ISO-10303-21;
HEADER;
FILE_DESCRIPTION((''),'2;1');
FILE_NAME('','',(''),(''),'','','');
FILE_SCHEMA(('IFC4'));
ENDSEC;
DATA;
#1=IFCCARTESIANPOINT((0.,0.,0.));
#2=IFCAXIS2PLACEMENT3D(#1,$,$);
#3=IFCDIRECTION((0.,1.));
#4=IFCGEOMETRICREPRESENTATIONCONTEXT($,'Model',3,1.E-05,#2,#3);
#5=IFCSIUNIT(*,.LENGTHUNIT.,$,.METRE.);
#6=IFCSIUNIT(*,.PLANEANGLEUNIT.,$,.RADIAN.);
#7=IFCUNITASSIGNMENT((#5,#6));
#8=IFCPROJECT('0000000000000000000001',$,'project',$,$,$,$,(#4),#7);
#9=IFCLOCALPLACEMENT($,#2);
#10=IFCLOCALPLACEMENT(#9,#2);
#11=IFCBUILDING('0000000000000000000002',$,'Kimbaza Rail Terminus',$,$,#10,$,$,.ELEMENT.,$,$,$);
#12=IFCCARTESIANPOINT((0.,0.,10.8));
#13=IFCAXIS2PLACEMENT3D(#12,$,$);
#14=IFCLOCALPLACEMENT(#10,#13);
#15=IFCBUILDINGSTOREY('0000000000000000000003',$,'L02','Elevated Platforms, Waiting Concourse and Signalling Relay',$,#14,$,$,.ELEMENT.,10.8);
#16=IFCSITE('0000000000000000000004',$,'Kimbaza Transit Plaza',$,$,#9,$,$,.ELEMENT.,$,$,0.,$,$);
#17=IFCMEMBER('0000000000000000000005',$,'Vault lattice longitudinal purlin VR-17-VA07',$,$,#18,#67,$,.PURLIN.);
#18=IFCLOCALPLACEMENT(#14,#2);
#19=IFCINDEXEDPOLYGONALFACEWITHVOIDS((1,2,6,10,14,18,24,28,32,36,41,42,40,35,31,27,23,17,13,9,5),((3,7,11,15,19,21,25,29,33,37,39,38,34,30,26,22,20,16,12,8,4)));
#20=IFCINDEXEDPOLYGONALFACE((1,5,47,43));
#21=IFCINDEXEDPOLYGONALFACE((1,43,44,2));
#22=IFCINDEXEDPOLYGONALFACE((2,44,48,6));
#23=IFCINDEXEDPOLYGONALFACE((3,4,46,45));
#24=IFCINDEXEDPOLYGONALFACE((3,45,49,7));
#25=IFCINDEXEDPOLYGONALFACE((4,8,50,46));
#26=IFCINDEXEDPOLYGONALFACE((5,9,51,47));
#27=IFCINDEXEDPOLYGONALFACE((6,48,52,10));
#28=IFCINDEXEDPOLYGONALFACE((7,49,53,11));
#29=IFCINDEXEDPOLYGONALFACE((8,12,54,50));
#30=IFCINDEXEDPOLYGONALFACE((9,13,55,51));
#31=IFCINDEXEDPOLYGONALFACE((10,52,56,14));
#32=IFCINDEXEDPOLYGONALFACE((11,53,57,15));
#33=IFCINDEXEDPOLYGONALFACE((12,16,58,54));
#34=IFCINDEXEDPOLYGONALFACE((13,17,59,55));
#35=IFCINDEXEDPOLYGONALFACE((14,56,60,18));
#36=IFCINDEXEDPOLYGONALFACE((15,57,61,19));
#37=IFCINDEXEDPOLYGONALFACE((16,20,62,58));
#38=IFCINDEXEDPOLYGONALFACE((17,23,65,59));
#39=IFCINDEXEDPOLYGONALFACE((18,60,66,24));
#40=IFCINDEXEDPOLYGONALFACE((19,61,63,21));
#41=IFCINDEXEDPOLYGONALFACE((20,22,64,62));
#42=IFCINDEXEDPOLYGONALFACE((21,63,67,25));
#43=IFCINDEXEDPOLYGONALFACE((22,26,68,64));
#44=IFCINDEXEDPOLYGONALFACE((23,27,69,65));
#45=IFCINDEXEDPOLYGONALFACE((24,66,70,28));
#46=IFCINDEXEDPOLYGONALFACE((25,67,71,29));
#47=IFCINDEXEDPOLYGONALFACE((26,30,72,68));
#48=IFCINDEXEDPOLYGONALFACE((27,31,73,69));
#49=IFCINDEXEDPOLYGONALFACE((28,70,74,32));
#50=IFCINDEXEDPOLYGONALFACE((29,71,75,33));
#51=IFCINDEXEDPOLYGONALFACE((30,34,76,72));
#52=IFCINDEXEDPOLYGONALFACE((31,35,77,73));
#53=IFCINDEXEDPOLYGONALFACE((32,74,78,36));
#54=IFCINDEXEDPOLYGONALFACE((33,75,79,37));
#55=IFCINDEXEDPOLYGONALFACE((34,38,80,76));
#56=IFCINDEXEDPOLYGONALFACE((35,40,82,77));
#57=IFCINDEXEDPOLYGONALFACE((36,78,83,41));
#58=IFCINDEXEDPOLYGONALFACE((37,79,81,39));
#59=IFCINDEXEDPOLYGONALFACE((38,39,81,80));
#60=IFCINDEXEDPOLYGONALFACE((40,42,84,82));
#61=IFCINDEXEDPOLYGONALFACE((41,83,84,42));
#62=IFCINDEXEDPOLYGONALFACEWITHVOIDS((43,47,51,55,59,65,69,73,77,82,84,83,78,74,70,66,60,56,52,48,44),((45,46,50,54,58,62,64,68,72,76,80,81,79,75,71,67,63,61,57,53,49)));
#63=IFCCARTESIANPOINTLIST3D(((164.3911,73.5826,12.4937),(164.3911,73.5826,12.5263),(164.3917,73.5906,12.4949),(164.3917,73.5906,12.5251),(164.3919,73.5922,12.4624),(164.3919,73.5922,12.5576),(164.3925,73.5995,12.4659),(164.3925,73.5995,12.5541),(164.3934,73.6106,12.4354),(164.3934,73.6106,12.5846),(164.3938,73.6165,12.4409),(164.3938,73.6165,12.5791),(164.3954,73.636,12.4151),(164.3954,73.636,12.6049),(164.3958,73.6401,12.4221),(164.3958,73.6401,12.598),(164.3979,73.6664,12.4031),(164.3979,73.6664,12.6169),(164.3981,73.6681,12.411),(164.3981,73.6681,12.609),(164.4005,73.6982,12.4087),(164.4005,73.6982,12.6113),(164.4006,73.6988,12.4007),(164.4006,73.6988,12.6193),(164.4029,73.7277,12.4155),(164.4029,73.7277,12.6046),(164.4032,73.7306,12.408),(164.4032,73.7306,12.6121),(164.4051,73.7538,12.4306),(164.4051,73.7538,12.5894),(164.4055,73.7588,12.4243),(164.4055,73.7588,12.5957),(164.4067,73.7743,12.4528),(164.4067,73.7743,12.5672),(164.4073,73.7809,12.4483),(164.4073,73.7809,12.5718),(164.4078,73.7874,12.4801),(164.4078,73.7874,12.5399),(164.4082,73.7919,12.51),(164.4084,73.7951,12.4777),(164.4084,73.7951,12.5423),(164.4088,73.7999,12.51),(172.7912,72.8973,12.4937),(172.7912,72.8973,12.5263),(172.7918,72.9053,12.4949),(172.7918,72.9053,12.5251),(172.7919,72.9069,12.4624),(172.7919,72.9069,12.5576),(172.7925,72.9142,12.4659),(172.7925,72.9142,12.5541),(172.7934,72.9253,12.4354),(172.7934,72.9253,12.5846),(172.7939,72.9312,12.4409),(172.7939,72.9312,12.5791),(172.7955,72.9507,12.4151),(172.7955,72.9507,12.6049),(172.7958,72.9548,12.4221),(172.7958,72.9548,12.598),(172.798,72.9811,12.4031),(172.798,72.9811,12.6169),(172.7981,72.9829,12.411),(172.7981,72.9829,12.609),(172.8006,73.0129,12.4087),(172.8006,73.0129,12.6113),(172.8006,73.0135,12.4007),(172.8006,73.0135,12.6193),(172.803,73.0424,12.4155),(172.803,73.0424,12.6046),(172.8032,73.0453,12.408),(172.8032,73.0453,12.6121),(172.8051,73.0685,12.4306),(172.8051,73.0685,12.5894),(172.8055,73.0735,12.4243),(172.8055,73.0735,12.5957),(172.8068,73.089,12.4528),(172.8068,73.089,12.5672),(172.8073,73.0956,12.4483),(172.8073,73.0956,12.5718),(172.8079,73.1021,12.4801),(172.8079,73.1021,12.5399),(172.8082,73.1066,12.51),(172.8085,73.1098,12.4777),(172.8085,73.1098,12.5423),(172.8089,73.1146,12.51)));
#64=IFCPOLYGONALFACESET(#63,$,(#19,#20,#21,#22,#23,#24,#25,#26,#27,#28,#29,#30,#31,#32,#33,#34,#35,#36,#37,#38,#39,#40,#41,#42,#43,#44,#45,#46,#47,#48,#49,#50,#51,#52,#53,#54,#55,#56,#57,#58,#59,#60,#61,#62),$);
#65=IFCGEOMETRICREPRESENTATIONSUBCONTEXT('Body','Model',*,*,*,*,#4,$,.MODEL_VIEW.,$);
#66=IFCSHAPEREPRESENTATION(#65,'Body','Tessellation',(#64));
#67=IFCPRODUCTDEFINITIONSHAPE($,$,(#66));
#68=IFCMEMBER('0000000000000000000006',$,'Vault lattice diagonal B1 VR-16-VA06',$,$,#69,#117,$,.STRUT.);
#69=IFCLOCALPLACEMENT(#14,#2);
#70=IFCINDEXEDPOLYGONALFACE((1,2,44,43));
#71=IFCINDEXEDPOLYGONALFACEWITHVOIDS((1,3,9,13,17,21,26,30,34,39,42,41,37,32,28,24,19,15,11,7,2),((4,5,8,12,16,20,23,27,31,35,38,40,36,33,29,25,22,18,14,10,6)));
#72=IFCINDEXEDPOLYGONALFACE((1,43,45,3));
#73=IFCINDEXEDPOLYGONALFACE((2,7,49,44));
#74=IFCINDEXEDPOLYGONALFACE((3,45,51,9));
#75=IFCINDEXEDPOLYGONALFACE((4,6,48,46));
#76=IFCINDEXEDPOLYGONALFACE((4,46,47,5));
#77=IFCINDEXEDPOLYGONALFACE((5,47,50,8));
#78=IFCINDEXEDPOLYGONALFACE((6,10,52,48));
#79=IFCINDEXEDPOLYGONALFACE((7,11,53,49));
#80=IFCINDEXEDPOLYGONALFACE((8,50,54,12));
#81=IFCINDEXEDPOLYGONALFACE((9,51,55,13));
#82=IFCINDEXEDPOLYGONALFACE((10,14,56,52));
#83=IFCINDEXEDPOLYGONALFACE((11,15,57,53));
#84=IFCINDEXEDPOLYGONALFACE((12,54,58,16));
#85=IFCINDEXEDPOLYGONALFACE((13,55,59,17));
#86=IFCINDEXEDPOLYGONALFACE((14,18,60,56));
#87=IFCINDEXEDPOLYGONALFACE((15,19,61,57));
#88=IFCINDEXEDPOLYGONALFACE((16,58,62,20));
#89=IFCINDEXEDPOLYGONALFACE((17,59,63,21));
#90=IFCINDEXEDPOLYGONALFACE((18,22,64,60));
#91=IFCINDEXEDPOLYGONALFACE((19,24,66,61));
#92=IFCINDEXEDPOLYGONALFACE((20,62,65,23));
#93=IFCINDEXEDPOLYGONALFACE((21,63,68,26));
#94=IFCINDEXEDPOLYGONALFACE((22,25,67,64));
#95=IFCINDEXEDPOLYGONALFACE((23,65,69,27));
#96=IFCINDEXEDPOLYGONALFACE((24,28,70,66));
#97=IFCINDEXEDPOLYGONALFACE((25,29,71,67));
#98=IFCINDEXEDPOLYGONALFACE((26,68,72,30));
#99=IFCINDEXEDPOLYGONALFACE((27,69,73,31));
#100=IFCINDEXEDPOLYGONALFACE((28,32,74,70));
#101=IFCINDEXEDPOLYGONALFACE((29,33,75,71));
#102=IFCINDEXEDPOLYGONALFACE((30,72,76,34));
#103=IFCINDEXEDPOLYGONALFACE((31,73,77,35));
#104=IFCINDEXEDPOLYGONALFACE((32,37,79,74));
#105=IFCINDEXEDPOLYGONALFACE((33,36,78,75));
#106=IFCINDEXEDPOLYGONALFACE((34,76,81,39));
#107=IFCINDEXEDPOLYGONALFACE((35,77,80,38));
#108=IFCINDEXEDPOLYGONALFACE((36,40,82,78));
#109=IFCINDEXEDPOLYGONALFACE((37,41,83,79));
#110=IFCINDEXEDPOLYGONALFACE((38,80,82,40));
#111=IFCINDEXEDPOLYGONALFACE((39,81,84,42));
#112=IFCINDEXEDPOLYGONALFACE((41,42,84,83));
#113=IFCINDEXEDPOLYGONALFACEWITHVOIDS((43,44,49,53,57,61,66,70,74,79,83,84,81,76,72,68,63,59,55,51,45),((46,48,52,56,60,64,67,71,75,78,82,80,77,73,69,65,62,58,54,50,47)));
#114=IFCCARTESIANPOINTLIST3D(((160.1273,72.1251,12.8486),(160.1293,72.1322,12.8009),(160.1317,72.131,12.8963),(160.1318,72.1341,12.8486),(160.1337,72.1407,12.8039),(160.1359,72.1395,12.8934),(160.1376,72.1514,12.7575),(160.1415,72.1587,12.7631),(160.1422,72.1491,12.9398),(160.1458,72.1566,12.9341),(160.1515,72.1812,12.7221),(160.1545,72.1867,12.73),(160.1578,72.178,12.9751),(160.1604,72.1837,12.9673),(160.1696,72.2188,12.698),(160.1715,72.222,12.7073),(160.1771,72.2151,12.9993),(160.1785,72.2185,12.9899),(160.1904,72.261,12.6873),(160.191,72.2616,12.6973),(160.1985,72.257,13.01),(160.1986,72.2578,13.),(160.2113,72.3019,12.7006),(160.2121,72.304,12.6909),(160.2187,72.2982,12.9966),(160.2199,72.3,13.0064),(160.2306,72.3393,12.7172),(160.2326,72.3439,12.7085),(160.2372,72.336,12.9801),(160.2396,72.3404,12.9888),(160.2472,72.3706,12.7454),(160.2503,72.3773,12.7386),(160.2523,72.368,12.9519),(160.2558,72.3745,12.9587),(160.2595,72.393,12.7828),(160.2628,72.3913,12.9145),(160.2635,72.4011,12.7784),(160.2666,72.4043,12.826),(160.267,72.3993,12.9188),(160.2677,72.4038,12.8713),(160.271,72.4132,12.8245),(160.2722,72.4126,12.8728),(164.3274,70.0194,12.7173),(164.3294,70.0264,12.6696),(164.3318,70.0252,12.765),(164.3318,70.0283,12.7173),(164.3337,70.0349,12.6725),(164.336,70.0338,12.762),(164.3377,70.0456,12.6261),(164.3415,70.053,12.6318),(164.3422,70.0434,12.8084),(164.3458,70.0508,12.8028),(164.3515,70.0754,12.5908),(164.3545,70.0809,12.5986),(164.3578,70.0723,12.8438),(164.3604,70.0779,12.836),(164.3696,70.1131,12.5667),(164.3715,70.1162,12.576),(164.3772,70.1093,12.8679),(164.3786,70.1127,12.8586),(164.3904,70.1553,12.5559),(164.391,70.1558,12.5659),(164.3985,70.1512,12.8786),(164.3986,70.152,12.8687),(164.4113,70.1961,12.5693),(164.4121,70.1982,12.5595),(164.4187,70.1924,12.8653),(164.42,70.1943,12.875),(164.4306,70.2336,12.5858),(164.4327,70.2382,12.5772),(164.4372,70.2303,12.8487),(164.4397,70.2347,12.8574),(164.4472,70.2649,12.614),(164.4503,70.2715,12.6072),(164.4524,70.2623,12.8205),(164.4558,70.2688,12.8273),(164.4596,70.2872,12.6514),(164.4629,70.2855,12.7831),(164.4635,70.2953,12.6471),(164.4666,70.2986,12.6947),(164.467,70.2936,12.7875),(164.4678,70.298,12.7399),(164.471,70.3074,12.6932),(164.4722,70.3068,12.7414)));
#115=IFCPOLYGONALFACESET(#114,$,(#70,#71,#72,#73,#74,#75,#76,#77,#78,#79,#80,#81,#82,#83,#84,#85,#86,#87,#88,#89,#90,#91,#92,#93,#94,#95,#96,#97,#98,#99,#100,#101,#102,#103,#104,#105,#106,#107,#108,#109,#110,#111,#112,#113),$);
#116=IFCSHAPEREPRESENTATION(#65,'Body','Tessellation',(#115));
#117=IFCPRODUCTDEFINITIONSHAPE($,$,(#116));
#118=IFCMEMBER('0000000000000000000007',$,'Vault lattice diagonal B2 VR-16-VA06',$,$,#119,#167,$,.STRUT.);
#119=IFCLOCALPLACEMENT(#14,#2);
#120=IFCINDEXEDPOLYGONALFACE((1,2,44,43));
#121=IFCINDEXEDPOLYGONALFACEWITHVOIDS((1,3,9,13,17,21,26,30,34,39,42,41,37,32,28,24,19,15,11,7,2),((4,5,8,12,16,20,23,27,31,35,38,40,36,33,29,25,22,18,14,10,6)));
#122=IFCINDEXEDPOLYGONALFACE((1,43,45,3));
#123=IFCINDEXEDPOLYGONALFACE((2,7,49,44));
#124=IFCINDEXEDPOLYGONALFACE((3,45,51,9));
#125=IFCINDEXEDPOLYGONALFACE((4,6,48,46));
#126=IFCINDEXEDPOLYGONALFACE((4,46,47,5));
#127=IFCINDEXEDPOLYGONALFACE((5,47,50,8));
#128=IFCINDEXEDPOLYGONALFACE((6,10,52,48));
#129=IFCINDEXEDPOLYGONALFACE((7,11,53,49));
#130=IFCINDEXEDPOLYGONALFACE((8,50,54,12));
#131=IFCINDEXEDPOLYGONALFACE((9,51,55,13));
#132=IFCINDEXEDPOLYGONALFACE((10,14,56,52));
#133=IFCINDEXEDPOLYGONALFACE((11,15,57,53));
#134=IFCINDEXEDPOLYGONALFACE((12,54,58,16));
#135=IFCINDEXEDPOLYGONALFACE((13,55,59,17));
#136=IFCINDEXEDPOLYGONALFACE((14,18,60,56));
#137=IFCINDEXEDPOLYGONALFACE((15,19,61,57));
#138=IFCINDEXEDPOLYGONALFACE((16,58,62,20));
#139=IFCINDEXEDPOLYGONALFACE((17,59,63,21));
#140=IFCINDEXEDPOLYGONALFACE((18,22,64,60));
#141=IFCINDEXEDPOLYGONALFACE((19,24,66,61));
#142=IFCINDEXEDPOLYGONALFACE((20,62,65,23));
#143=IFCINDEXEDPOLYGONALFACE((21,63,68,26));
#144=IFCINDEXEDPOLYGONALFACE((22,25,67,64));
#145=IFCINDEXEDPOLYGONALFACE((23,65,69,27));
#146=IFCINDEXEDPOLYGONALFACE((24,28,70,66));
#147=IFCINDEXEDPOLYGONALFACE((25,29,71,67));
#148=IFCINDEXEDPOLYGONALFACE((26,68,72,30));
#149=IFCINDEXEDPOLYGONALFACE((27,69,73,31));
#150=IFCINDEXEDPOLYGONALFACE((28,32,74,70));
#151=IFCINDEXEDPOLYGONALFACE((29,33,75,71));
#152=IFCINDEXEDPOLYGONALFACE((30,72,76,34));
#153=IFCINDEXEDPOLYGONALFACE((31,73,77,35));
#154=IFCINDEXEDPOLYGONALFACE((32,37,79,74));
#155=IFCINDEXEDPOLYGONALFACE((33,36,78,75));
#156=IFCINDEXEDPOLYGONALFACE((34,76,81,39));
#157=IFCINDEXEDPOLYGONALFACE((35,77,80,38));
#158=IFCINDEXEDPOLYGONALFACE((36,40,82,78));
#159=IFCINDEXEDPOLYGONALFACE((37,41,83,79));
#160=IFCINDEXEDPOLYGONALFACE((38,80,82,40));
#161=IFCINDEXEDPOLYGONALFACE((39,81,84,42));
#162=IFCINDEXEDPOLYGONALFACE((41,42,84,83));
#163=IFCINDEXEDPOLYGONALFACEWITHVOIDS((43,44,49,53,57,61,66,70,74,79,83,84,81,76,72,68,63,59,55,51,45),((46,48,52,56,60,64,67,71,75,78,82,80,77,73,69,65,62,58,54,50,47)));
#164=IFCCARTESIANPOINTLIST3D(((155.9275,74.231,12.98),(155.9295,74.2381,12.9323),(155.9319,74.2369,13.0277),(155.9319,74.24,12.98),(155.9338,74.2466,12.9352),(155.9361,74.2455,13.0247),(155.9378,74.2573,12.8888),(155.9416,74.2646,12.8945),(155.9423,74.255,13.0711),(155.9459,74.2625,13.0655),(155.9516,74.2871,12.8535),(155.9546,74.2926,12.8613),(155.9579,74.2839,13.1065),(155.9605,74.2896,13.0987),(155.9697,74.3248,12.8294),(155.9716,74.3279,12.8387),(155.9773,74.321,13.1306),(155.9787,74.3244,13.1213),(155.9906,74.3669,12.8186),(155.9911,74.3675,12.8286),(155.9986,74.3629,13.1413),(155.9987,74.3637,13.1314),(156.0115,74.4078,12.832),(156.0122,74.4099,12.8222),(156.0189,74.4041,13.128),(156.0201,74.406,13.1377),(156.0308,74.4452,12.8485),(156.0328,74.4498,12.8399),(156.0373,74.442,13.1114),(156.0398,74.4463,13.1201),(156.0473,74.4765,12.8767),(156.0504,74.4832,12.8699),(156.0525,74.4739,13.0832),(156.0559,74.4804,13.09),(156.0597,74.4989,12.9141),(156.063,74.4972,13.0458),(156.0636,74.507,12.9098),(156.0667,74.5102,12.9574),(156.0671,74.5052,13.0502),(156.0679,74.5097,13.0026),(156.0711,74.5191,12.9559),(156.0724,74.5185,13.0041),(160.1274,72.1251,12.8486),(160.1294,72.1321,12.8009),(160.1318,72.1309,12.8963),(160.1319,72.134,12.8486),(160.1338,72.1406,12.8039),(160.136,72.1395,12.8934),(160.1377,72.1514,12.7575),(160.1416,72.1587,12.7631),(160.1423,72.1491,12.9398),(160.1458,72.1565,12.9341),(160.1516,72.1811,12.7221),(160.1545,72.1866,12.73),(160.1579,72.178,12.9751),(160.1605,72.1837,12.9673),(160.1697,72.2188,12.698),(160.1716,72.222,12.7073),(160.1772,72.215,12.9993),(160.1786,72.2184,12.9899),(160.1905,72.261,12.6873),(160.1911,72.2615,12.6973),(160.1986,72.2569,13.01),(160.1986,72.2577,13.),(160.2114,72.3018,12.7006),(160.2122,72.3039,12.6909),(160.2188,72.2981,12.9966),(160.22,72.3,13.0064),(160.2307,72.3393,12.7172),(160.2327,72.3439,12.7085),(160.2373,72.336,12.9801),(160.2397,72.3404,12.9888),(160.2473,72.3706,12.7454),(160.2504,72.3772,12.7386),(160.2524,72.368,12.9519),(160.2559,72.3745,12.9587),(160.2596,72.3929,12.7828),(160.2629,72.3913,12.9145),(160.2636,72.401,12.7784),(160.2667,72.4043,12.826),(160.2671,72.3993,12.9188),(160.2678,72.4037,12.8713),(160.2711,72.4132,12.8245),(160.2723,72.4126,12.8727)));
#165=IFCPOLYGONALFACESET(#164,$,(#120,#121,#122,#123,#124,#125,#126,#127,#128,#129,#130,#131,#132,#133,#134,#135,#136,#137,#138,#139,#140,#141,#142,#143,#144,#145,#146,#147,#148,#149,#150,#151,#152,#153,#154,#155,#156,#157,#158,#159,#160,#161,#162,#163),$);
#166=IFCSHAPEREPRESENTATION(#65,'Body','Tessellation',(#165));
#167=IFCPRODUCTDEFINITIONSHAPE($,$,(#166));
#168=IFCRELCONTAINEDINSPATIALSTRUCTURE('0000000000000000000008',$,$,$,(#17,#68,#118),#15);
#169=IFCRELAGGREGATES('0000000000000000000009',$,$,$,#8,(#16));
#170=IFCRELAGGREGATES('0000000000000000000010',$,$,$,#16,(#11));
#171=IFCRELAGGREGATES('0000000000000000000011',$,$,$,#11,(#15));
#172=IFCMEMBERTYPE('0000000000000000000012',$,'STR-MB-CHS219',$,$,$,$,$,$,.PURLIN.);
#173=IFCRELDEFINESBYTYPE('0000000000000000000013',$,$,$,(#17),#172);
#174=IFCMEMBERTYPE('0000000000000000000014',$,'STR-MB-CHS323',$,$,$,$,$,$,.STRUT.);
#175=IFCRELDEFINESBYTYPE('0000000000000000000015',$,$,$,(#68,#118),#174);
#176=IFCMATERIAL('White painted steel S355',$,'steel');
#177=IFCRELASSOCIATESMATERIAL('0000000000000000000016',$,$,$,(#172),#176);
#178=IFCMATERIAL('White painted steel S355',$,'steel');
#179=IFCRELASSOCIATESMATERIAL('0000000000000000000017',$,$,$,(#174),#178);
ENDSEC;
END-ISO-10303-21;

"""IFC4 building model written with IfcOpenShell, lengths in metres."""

from ifc_helpers import new_model, si_unit, direction, frame, origin, origin_2d, place, context, subcontext, project, spatial, hollow_circle, extrude, material, material_profile, profile_set, type_object, element, save


model = new_model("IFC4")

# Units and contexts
model_context = context("Model", 3, precision=1e-05, world=origin(), true_north=direction((0.0, 1.0)))
body_context = subcontext(model_context, "Body", "Model", "MODEL_VIEW")
ifc_project = project(units=[si_unit("LENGTHUNIT", "METRE"), si_unit("PLANEANGLEUNIT", "RADIAN")], contexts=[model_context])

# Site, building, storey
site_placement = place(None, origin())
site = spatial("IfcSite", under=ifc_project, at=site_placement, Name="Kimbaza Transit Plaza", CompositionType="ELEMENT", RefElevation=0.0)
building_placement = place(site_placement, origin())
building = spatial("IfcBuilding", under=site, at=building_placement, Name="Kimbaza Rail Terminus", CompositionType="ELEMENT")
storey_placement = place(building_placement, frame((0.0, 0.0, 10.8)))
storey = spatial("IfcBuildingStorey", under=building, at=storey_placement, Name="L02", Description="Elevated Platforms, Waiting Concourse and Signalling Relay", CompositionType="ELEMENT", Elevation=10.8)

# Members
ifc_material_1 = material(Name="White painted steel S355", Category="steel")
ifc_material_profile_1 = material_profile(ifc_material_1, hollow_circle(Radius=0.1096, WallThickness=0.0081, at=origin_2d()), Name="CHS 219.1x8")
ifc_profile_set_1 = profile_set([ifc_material_profile_1], Name="White painted steel S355")
member_type_1 = type_object("IfcMemberType", Name="STR-MB-CHS219", PredefinedType="PURLIN", material=ifc_profile_set_1)
for number, where, z_axis, x_axis, name in (
    (1, (164.3999, 73.6907, 12.51), (0.996689, -0.081312, 0.0), (0.081312, 0.996689, 0.0), "Vault lattice longitudinal purlin VR-17-VA07"),
):
    element("IfcMember", number, at=place(storey_placement, frame(where, z_axis=z_axis, x_axis=x_axis)), inside=storey, type_object=member_type_1, Name=name, PredefinedType="PURLIN", context=body_context, shape_type="SweptSolid", body=[
        extrude(hollow_circle(Radius=0.1096, WallThickness=0.0081, at=origin_2d()), origin(), (0.0, 0.0, 1.0), 8.428),
    ])
ifc_material_2 = material(Name="White painted steel S355", Category="steel")
ifc_material_profile_2 = material_profile(ifc_material_2, hollow_circle(Radius=0.1619, WallThickness=0.01, at=origin_2d()), Name="CHS 323.9x10")
ifc_profile_set_2 = profile_set([ifc_material_profile_2], Name="White painted steel S355")
member_type_2 = type_object("IfcMemberType", Name="STR-MB-CHS323", PredefinedType="STRUT", material=ifc_profile_set_2)
for number, where, z_axis, x_axis, name in (
    (2, (164.3999, 70.1641, 12.7173), (-0.893589, 0.448015, 0.027946), (-0.44819, -0.893938, 0.0), "Vault lattice diagonal B1 VR-16-VA06"),
    (3, (160.2, 72.2698, 12.8486), (-0.893568, 0.448057, 0.027945), (-0.448232, -0.893917, 0.0), "Vault lattice diagonal B2 VR-16-VA06"),
):
    element("IfcMember", number, at=place(storey_placement, frame(where, z_axis=z_axis, x_axis=x_axis)), inside=storey, type_object=member_type_2, Name=name, PredefinedType="STRUT", context=body_context, shape_type="SweptSolid", body=[
        extrude(hollow_circle(Radius=0.1619, WallThickness=0.01, at=origin_2d()), origin(), (0.0, 0.0, 1.0), 4.7002),
    ])

save(model, "model.ifc")
